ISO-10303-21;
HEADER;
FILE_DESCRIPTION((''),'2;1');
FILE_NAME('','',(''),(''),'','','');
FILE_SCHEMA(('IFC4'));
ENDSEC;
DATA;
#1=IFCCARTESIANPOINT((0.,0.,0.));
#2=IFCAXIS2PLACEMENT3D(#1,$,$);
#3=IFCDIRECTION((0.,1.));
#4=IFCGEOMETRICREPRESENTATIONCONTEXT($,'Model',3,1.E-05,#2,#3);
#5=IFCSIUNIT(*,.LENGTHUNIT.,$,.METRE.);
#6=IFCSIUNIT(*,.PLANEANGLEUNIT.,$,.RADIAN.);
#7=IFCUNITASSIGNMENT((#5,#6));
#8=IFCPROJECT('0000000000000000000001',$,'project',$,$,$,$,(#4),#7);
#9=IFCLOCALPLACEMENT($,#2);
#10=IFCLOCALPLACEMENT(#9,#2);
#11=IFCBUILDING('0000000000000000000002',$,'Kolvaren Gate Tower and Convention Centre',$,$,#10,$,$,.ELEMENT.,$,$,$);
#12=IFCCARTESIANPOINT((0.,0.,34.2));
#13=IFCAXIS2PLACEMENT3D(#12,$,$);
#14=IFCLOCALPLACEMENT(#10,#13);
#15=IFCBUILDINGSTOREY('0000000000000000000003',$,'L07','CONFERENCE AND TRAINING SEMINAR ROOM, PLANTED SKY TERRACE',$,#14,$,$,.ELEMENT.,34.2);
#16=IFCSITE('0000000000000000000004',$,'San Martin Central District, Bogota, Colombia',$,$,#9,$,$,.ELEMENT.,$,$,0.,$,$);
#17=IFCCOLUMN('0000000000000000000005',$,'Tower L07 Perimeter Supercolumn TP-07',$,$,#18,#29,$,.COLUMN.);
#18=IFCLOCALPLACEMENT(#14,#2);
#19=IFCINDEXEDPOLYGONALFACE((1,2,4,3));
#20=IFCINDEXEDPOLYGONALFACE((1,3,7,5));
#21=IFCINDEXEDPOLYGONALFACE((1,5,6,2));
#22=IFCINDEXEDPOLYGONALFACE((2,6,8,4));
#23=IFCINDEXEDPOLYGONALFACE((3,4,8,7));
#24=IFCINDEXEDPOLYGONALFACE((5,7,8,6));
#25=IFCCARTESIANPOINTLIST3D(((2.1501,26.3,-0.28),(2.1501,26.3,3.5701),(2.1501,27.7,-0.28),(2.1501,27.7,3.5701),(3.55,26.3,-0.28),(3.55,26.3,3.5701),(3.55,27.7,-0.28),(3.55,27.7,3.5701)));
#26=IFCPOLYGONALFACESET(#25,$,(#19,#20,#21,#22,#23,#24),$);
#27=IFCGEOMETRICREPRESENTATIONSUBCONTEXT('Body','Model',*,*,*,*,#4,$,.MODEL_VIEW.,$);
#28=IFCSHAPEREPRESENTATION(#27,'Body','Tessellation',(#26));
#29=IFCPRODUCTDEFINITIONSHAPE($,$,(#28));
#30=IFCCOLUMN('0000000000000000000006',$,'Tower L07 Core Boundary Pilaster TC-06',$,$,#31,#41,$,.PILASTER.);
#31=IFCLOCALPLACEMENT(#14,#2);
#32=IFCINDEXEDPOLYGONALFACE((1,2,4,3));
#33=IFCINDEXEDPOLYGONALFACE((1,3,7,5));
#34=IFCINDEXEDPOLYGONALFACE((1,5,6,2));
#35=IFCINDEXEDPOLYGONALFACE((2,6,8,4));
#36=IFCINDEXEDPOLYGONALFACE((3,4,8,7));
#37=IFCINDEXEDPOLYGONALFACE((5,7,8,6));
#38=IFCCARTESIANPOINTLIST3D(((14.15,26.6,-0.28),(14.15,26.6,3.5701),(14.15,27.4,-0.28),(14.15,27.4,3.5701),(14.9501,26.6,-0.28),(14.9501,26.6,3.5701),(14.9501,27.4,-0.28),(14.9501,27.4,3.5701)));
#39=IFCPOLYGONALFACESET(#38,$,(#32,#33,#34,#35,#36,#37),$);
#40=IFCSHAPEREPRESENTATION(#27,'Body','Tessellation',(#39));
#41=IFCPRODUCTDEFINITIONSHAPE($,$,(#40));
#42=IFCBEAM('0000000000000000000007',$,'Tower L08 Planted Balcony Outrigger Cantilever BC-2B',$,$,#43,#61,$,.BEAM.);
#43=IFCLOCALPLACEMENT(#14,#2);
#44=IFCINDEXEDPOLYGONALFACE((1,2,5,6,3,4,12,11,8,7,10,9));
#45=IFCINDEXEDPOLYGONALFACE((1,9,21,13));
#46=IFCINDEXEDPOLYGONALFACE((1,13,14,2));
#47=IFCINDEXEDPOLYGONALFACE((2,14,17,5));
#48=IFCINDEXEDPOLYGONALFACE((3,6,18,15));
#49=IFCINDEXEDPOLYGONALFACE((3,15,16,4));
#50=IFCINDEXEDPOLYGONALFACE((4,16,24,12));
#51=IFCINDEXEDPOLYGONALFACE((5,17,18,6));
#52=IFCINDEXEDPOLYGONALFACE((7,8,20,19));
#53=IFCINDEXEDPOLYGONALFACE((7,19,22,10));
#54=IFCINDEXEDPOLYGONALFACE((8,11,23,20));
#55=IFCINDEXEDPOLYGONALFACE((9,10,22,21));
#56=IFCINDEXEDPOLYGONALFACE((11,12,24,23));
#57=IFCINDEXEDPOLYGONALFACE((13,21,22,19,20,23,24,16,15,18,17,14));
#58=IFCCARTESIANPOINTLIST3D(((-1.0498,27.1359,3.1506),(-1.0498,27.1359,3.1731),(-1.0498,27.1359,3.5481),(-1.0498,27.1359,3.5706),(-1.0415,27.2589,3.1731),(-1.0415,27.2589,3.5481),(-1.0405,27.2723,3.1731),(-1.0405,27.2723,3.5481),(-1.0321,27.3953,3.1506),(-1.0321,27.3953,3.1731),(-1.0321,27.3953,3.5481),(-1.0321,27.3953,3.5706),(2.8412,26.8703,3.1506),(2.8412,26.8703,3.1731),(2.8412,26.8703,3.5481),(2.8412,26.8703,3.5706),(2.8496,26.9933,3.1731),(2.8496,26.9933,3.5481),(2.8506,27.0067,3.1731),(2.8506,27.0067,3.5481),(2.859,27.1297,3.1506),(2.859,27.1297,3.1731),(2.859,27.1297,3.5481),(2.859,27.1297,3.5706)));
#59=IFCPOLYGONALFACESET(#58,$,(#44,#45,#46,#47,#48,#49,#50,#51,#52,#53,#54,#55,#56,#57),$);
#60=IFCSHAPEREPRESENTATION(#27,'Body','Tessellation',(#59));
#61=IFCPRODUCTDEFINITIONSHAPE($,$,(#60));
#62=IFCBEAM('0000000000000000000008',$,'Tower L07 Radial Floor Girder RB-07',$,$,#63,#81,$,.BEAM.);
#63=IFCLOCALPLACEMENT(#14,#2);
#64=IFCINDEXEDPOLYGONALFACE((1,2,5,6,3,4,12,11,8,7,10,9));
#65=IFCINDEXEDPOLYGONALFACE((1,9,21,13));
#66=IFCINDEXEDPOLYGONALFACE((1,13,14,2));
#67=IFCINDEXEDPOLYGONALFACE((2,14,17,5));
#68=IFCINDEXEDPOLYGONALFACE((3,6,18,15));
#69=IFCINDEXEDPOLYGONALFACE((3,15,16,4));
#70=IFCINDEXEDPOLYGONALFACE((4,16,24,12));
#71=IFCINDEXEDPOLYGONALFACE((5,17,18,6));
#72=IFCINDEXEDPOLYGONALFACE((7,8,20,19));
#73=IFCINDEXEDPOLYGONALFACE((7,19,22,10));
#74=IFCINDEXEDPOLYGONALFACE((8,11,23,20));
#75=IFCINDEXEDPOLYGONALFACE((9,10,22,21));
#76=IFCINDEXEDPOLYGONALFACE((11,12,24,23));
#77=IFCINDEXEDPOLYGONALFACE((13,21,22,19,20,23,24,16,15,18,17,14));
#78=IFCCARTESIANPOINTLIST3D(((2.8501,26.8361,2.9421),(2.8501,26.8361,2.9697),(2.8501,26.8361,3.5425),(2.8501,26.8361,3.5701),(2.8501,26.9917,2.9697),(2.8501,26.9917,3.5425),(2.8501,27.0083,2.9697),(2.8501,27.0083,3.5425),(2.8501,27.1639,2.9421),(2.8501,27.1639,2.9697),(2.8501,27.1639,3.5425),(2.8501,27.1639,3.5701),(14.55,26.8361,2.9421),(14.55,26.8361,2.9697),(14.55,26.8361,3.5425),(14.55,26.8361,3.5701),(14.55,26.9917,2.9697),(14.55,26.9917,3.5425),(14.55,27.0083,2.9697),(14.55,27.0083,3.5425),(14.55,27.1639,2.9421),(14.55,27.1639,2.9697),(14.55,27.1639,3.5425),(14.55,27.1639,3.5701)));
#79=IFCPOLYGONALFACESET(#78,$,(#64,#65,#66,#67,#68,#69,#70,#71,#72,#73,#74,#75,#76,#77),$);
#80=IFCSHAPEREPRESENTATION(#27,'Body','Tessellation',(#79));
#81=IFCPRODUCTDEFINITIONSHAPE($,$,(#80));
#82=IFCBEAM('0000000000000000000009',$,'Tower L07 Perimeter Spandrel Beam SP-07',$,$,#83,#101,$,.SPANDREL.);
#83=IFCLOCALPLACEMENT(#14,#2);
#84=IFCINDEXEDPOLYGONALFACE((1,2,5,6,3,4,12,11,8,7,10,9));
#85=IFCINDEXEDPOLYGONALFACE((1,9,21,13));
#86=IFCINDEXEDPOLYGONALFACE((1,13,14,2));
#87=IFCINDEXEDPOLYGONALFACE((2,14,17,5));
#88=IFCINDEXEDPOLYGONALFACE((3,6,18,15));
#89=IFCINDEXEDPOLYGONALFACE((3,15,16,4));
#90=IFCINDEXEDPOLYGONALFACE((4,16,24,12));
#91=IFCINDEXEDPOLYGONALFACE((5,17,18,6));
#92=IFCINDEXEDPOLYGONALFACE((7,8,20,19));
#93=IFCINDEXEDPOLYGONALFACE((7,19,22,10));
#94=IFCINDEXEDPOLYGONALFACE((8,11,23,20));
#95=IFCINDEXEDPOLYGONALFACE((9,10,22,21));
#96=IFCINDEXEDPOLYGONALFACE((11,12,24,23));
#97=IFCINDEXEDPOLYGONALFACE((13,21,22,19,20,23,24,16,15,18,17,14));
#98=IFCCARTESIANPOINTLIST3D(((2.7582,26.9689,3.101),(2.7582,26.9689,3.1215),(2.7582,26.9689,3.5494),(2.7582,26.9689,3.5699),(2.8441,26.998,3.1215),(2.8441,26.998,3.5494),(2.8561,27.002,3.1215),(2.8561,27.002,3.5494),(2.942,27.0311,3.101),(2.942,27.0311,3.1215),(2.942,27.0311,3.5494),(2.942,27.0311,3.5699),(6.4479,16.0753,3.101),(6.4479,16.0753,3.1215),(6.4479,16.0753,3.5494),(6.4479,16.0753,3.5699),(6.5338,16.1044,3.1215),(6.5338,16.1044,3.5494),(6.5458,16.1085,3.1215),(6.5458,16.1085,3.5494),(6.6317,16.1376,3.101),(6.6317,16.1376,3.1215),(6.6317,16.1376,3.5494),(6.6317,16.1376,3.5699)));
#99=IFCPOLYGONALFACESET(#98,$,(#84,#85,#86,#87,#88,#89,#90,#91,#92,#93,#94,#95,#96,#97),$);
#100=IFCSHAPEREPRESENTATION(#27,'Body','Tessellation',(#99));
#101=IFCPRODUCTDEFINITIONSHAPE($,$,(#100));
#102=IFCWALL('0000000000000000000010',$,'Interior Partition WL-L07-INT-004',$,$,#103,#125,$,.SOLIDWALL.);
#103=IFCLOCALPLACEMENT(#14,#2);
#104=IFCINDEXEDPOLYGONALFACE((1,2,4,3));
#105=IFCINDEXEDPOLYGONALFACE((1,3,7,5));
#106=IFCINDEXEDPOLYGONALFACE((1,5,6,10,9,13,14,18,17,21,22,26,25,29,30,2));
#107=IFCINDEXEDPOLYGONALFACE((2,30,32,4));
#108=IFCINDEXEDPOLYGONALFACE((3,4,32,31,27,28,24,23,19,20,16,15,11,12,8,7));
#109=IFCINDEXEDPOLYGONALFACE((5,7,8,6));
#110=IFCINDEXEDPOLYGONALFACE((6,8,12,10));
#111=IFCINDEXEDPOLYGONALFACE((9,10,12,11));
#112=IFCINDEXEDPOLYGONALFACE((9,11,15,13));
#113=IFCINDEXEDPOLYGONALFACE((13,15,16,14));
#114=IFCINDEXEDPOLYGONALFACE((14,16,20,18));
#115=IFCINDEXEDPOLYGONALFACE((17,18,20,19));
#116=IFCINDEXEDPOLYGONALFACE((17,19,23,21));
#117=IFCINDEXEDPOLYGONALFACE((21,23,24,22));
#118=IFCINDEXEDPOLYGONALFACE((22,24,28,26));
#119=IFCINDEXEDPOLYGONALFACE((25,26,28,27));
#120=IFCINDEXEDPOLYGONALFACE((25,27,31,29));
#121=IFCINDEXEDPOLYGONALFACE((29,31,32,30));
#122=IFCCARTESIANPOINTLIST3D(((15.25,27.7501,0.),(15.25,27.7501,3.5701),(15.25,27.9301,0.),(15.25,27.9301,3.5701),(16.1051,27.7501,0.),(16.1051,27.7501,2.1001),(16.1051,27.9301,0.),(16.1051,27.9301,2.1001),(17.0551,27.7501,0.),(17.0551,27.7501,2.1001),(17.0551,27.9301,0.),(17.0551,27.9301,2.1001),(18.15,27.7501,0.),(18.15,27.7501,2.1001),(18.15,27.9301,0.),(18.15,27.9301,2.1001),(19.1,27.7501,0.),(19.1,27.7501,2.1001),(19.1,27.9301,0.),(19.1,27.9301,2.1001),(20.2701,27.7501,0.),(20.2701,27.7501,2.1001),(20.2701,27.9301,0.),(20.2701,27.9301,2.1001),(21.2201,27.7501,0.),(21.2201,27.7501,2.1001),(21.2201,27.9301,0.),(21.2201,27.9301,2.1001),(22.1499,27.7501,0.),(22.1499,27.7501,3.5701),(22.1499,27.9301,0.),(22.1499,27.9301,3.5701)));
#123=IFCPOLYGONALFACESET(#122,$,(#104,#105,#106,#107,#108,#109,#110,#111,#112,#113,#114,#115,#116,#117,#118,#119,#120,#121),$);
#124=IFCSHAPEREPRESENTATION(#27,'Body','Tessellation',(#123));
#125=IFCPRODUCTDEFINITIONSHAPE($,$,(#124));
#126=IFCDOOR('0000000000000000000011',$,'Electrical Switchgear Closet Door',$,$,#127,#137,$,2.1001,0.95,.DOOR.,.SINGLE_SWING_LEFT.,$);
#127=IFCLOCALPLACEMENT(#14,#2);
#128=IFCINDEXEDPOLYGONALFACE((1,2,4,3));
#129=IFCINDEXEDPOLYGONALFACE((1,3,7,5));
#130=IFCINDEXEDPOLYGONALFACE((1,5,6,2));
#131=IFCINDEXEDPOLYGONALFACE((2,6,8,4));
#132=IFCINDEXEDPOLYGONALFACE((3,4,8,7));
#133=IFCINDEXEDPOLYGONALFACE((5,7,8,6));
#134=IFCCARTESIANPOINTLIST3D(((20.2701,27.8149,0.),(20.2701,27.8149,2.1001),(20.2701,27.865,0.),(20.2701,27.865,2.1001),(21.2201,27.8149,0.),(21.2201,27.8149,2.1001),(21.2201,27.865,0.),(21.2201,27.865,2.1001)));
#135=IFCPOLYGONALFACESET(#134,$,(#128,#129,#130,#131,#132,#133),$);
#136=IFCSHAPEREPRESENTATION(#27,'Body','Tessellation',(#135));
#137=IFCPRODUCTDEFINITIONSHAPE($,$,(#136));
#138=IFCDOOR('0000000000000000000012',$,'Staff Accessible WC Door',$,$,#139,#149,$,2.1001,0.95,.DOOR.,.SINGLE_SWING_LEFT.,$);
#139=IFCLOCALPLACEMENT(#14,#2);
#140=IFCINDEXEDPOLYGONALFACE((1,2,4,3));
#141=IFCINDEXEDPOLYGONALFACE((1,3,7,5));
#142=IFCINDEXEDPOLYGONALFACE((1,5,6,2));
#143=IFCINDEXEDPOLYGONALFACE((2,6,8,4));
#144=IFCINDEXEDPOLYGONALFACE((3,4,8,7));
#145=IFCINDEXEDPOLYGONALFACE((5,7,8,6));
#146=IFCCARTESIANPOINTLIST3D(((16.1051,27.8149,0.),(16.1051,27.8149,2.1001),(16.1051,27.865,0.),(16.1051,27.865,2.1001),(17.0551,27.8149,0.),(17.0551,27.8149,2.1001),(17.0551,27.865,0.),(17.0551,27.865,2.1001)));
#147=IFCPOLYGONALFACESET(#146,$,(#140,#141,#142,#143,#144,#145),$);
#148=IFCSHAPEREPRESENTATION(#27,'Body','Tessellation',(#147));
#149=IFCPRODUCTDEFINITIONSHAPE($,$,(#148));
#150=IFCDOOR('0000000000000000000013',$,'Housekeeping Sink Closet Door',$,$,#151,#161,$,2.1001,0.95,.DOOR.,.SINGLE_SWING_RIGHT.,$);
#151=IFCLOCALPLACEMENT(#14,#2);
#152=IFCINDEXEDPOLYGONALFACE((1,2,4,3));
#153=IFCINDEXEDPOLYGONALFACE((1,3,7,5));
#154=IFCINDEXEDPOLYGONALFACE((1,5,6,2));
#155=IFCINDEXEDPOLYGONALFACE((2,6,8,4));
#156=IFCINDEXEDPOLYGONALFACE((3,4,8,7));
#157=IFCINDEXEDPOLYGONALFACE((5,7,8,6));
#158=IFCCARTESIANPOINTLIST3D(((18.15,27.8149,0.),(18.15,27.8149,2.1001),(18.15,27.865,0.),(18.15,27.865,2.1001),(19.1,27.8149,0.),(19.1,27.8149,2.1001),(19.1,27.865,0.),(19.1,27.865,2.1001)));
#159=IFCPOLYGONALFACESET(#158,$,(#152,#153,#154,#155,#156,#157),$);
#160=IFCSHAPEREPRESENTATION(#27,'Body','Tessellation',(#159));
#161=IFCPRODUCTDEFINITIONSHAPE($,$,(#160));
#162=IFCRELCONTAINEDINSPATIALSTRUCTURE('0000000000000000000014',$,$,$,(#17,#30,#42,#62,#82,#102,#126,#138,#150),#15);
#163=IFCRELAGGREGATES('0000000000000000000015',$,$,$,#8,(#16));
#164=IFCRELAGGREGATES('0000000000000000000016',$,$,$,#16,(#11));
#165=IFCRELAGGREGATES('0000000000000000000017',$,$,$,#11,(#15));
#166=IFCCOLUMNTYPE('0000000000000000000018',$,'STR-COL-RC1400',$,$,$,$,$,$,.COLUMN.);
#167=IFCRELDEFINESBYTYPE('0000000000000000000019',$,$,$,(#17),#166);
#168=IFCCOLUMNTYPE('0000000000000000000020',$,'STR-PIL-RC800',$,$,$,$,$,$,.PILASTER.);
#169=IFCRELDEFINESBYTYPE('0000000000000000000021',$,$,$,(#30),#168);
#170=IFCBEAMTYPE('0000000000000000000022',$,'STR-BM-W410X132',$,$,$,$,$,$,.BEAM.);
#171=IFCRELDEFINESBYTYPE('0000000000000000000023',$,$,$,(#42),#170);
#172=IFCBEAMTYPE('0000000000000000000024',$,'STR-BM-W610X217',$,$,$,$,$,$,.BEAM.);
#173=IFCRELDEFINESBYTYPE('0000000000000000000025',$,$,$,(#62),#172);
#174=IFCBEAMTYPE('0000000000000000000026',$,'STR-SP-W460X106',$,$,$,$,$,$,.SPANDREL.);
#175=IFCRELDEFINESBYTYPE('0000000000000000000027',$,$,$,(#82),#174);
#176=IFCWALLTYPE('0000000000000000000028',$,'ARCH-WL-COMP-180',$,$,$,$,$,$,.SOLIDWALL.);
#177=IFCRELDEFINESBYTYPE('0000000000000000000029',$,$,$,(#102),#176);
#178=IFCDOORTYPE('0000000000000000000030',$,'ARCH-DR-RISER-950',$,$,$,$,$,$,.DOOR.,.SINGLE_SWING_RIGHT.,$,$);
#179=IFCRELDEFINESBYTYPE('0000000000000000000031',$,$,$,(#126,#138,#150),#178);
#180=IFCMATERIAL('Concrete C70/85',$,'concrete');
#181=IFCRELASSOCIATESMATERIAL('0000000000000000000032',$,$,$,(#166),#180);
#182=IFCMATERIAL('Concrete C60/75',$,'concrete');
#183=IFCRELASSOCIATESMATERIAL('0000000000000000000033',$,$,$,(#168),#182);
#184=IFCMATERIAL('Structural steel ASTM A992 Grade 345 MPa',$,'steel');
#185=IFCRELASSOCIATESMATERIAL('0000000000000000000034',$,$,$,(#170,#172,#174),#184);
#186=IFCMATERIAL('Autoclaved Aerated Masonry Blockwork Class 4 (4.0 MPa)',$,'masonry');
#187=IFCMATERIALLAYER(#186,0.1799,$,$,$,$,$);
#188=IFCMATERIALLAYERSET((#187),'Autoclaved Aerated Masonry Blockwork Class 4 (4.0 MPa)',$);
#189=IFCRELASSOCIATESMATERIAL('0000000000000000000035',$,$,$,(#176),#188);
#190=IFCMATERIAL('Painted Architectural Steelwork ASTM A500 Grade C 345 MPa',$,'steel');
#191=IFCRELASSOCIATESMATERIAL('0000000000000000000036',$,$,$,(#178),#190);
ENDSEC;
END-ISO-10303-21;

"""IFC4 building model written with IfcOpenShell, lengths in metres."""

from ifc_helpers import new_model, si_unit, direction, frame, frame_2d, origin, origin_2d, place, context, subcontext, project, spatial, rectangle, i_section, extrude, material, layer, layer_set, material_profile, profile_set, type_object, element, fill, save


model = new_model("IFC4")

# Units and contexts
model_context = context("Model", 3, precision=1e-05, world=origin(), true_north=direction((0.0, 1.0)))
body_context = subcontext(model_context, "Body", "Model", "MODEL_VIEW")
ifc_project = project(units=[si_unit("LENGTHUNIT", "METRE"), si_unit("PLANEANGLEUNIT", "RADIAN")], contexts=[model_context])

# Site, building, storey
site_placement = place(None, origin())
site = spatial("IfcSite", under=ifc_project, at=site_placement, Name="San Martin Central District, Bogota, Colombia", CompositionType="ELEMENT", RefElevation=0.0)
building_placement = place(site_placement, origin())
building = spatial("IfcBuilding", under=site, at=building_placement, Name="Kolvaren Gate Tower and Convention Centre", CompositionType="ELEMENT")
storey_placement = place(building_placement, frame((0.0, 0.0, 34.2)))
storey = spatial("IfcBuildingStorey", under=building, at=storey_placement, Name="L07", Description="CONFERENCE AND TRAINING SEMINAR ROOM, PLANTED SKY TERRACE", CompositionType="ELEMENT", Elevation=34.2)

# Columns
ifc_material_1 = material(Name="Concrete C70/85", Category="concrete")
ifc_material_profile_1 = material_profile(ifc_material_1, rectangle(XDim=1.3999, YDim=1.3999, at=origin_2d()), Name="RC-COL-1400X1400")
ifc_profile_set_1 = profile_set([ifc_material_profile_1], Name="Concrete C70/85")
column_type_1 = type_object("IfcColumnType", Name="STR-COL-RC1400", PredefinedType="COLUMN", material=ifc_profile_set_1)
column_1_placement = place(storey_placement, frame((2.8501, 27.0, -0.28), z_axis=(0.0, 0.0, 1.0), x_axis=(1.0, 0.0, 0.0)))
element("IfcColumn", 1, at=column_1_placement, inside=storey, type_object=column_type_1, Name="Tower L07 Perimeter Supercolumn TP-07", PredefinedType="COLUMN", context=body_context, shape_type="SweptSolid", body=[
    extrude(rectangle(XDim=1.3999, YDim=1.3999, at=origin_2d()), origin(), (0.0, 0.0, 1.0), 3.8501),
])
ifc_material_2 = material(Name="Concrete C60/75", Category="concrete")
ifc_material_profile_2 = material_profile(ifc_material_2, rectangle(XDim=0.8, YDim=0.8, at=origin_2d()), Name="RC-COL-800X800")
ifc_profile_set_2 = profile_set([ifc_material_profile_2], Name="Concrete C60/75")
column_type_2 = type_object("IfcColumnType", Name="STR-PIL-RC800", PredefinedType="PILASTER", material=ifc_profile_set_2)
column_2_placement = place(storey_placement, frame((14.55, 27.0, -0.28), z_axis=(0.0, 0.0, 1.0), x_axis=(1.0, 0.0, 0.0)))
element("IfcColumn", 2, at=column_2_placement, inside=storey, type_object=column_type_2, Name="Tower L07 Core Boundary Pilaster TC-06", PredefinedType="PILASTER", context=body_context, shape_type="SweptSolid", body=[
    extrude(rectangle(XDim=0.8, YDim=0.8, at=origin_2d()), origin(), (0.0, 0.0, 1.0), 3.8501),
])

# Beams
ifc_material_3 = material(Name="Structural steel ASTM A992 Grade 345 MPa", Category="steel")
ifc_material_profile_3 = material_profile(ifc_material_3, i_section(OverallWidth=0.26, OverallDepth=0.4199, WebThickness=0.0134, FlangeThickness=0.0225, at=origin_2d()), Name="W410X132")
ifc_profile_set_3 = profile_set([ifc_material_profile_3], Name="Structural steel ASTM A992 Grade 345 MPa")
beam_type_1 = type_object("IfcBeamType", Name="STR-BM-W410X132", PredefinedType="BEAM", material=ifc_profile_set_3)
beam_1_placement = place(storey_placement, frame((2.8501, 27.0, 3.3606), z_axis=(-0.997678, 0.068106, 0.0), x_axis=(-0.068106, -0.997678, 0.0)))
element("IfcBeam", 3, at=beam_1_placement, inside=storey, type_object=beam_type_1, Name="Tower L08 Planted Balcony Outrigger Cantilever BC-2B", PredefinedType="BEAM", context=body_context, shape_type="SweptSolid", body=[
    extrude(i_section(OverallWidth=0.26, OverallDepth=0.4199, WebThickness=0.0134, FlangeThickness=0.0225, at=origin_2d()), origin(), (0.0, 0.0, 1.0), 3.9001),
])
ifc_material_profile_4 = material_profile(ifc_material_3, i_section(OverallWidth=0.3279, OverallDepth=0.6279, WebThickness=0.0166, FlangeThickness=0.0276, at=origin_2d()), Name="W610X217")
ifc_profile_set_4 = profile_set([ifc_material_profile_4], Name="Structural steel ASTM A992 Grade 345 MPa")
beam_type_2 = type_object("IfcBeamType", Name="STR-BM-W610X217", PredefinedType="BEAM", material=ifc_profile_set_4)
beam_2_placement = place(storey_placement, frame((14.55, 27.0, 3.2561), z_axis=(-1.0, 0.0, 0.0), x_axis=(0.0, -1.0, 0.0)))
element("IfcBeam", 4, at=beam_2_placement, inside=storey, type_object=beam_type_2, Name="Tower L07 Radial Floor Girder RB-07", PredefinedType="BEAM", context=body_context, shape_type="SweptSolid", body=[
    extrude(i_section(OverallWidth=0.3279, OverallDepth=0.6279, WebThickness=0.0166, FlangeThickness=0.0276, at=origin_2d()), origin(), (0.0, 0.0, 1.0), 11.7),
])
ifc_material_profile_5 = material_profile(ifc_material_3, i_section(OverallWidth=0.1941, OverallDepth=0.469, WebThickness=0.0127, FlangeThickness=0.0205, at=origin_2d()), Name="W460X106")
ifc_profile_set_5 = profile_set([ifc_material_profile_5], Name="Structural steel ASTM A992 Grade 345 MPa")
beam_type_3 = type_object("IfcBeamType", Name="STR-SP-W460X106", PredefinedType="SPANDREL", material=ifc_profile_set_5)
beam_3_placement = place(storey_placement, frame((2.8501, 27.0, 3.3354), z_axis=(0.320803, -0.947146, 0.0), x_axis=(0.947146, 0.320803, 0.0)))
element("IfcBeam", 5, at=beam_3_placement, inside=storey, type_object=beam_type_3, Name="Tower L07 Perimeter Spandrel Beam SP-07", PredefinedType="SPANDREL", context=body_context, shape_type="SweptSolid", body=[
    extrude(i_section(OverallWidth=0.1941, OverallDepth=0.469, WebThickness=0.0127, FlangeThickness=0.0205, at=origin_2d()), origin(), (0.0, 0.0, 1.0), 11.5015),
])

# Wall, openings, doors
ifc_material_4 = material(Name="Autoclaved Aerated Masonry Blockwork Class 4 (4.0 MPa)", Category="masonry")
ifc_layer_1 = layer(ifc_material_4, 0.1799)
ifc_layer_set_1 = layer_set([ifc_layer_1], Name="Autoclaved Aerated Masonry Blockwork Class 4 (4.0 MPa)")
wall_type_1 = type_object("IfcWallType", Name="ARCH-WL-COMP-180", PredefinedType="SOLIDWALL", material=ifc_layer_set_1)
wall_1_placement = place(storey_placement, frame((15.25, 27.8401, 0.0), z_axis=(0.0, 0.0, 1.0), x_axis=(1.0, 0.0, 0.0)))
wall_1 = element("IfcWall", 6, at=wall_1_placement, inside=storey, type_object=wall_type_1, Name="Interior Partition WL-L07-INT-004", PredefinedType="SOLIDWALL", context=body_context, shape_type="SweptSolid", body=[
    extrude(rectangle(XDim=6.8999, YDim=0.1799, at=frame_2d((3.45, 0.0))), origin(), (0.0, 0.0, 1.0), 3.5701),
])
opening_1_placement = place(wall_1_placement, frame((5.02, 0.0, 0.0)))
opening_1 = element("IfcOpeningElement", 7, at=opening_1_placement, cuts=wall_1, PredefinedType="OPENING", context=body_context, shape_type="SweptSolid", body=[
    extrude(rectangle(XDim=0.95, YDim=2.1001, at=frame_2d((0.4751, 1.05))), frame((0.0, 0.0999, 0.0), z_axis=(0.0, -1.0, 0.0), x_axis=(1.0, 0.0, 0.0)), (0.0, 0.0, 1.0), 0.2),
])
opening_2_placement = place(wall_1_placement, frame((0.855, 0.0, 0.0)))
opening_2 = element("IfcOpeningElement", 8, at=opening_2_placement, cuts=wall_1, PredefinedType="OPENING", context=body_context, shape_type="SweptSolid", body=[
    extrude(rectangle(XDim=0.95, YDim=2.1001, at=frame_2d((0.4751, 1.05))), frame((0.0, 0.0999, 0.0), z_axis=(0.0, -1.0, 0.0), x_axis=(1.0, 0.0, 0.0)), (0.0, 0.0, 1.0), 0.2),
])
opening_3_placement = place(wall_1_placement, frame((2.8999, 0.0, 0.0)))
opening_3 = element("IfcOpeningElement", 9, at=opening_3_placement, cuts=wall_1, PredefinedType="OPENING", context=body_context, shape_type="SweptSolid", body=[
    extrude(rectangle(XDim=0.95, YDim=2.1001, at=frame_2d((0.4751, 1.05))), frame((0.0, 0.0999, 0.0), z_axis=(0.0, -1.0, 0.0), x_axis=(1.0, 0.0, 0.0)), (0.0, 0.0, 1.0), 0.2),
])
ifc_material_5 = material(Name="Painted Architectural Steelwork ASTM A500 Grade C 345 MPa", Category="steel")
door_type_1 = type_object("IfcDoorType", Name="ARCH-DR-RISER-950", OperationType="SINGLE_SWING_RIGHT", PredefinedType="DOOR", material=ifc_material_5)
door_1_placement = place(opening_1_placement, origin())
door_1 = element("IfcDoor", 10, at=door_1_placement, inside=storey, type_object=door_type_1, Name="Electrical Switchgear Closet Door", OperationType="SINGLE_SWING_LEFT", OverallHeight=2.1001, OverallWidth=0.95, PredefinedType="DOOR", context=body_context, shape_type="SweptSolid", body=[
    extrude(rectangle(XDim=0.95, YDim=2.1001, at=frame_2d((0.4751, 1.05))), frame((0.0, 0.0249, 0.0), z_axis=(0.0, -1.0, 0.0), x_axis=(1.0, 0.0, 0.0)), (0.0, 0.0, 1.0), 0.05),
])
fill(opening_1, door_1)
door_2_placement = place(opening_2_placement, origin())
door_2 = element("IfcDoor", 11, at=door_2_placement, inside=storey, type_object=door_type_1, Name="Staff Accessible WC Door", OperationType="SINGLE_SWING_LEFT", OverallHeight=2.1001, OverallWidth=0.95, PredefinedType="DOOR", context=body_context, shape_type="SweptSolid", body=[
    extrude(rectangle(XDim=0.95, YDim=2.1001, at=frame_2d((0.4751, 1.05))), frame((0.0, 0.0249, 0.0), z_axis=(0.0, -1.0, 0.0), x_axis=(1.0, 0.0, 0.0)), (0.0, 0.0, 1.0), 0.05),
])
fill(opening_2, door_2)
door_3_placement = place(opening_3_placement, origin())
door_3 = element("IfcDoor", 12, at=door_3_placement, inside=storey, type_object=door_type_1, Name="Housekeeping Sink Closet Door", OperationType="SINGLE_SWING_RIGHT", OverallHeight=2.1001, OverallWidth=0.95, PredefinedType="DOOR", context=body_context, shape_type="SweptSolid", body=[
    extrude(rectangle(XDim=0.95, YDim=2.1001, at=frame_2d((0.4751, 1.05))), frame((0.0, 0.0249, 0.0), z_axis=(0.0, -1.0, 0.0), x_axis=(1.0, 0.0, 0.0)), (0.0, 0.0, 1.0), 0.05),
])
fill(opening_3, door_3)

save(model, "model.ifc")
